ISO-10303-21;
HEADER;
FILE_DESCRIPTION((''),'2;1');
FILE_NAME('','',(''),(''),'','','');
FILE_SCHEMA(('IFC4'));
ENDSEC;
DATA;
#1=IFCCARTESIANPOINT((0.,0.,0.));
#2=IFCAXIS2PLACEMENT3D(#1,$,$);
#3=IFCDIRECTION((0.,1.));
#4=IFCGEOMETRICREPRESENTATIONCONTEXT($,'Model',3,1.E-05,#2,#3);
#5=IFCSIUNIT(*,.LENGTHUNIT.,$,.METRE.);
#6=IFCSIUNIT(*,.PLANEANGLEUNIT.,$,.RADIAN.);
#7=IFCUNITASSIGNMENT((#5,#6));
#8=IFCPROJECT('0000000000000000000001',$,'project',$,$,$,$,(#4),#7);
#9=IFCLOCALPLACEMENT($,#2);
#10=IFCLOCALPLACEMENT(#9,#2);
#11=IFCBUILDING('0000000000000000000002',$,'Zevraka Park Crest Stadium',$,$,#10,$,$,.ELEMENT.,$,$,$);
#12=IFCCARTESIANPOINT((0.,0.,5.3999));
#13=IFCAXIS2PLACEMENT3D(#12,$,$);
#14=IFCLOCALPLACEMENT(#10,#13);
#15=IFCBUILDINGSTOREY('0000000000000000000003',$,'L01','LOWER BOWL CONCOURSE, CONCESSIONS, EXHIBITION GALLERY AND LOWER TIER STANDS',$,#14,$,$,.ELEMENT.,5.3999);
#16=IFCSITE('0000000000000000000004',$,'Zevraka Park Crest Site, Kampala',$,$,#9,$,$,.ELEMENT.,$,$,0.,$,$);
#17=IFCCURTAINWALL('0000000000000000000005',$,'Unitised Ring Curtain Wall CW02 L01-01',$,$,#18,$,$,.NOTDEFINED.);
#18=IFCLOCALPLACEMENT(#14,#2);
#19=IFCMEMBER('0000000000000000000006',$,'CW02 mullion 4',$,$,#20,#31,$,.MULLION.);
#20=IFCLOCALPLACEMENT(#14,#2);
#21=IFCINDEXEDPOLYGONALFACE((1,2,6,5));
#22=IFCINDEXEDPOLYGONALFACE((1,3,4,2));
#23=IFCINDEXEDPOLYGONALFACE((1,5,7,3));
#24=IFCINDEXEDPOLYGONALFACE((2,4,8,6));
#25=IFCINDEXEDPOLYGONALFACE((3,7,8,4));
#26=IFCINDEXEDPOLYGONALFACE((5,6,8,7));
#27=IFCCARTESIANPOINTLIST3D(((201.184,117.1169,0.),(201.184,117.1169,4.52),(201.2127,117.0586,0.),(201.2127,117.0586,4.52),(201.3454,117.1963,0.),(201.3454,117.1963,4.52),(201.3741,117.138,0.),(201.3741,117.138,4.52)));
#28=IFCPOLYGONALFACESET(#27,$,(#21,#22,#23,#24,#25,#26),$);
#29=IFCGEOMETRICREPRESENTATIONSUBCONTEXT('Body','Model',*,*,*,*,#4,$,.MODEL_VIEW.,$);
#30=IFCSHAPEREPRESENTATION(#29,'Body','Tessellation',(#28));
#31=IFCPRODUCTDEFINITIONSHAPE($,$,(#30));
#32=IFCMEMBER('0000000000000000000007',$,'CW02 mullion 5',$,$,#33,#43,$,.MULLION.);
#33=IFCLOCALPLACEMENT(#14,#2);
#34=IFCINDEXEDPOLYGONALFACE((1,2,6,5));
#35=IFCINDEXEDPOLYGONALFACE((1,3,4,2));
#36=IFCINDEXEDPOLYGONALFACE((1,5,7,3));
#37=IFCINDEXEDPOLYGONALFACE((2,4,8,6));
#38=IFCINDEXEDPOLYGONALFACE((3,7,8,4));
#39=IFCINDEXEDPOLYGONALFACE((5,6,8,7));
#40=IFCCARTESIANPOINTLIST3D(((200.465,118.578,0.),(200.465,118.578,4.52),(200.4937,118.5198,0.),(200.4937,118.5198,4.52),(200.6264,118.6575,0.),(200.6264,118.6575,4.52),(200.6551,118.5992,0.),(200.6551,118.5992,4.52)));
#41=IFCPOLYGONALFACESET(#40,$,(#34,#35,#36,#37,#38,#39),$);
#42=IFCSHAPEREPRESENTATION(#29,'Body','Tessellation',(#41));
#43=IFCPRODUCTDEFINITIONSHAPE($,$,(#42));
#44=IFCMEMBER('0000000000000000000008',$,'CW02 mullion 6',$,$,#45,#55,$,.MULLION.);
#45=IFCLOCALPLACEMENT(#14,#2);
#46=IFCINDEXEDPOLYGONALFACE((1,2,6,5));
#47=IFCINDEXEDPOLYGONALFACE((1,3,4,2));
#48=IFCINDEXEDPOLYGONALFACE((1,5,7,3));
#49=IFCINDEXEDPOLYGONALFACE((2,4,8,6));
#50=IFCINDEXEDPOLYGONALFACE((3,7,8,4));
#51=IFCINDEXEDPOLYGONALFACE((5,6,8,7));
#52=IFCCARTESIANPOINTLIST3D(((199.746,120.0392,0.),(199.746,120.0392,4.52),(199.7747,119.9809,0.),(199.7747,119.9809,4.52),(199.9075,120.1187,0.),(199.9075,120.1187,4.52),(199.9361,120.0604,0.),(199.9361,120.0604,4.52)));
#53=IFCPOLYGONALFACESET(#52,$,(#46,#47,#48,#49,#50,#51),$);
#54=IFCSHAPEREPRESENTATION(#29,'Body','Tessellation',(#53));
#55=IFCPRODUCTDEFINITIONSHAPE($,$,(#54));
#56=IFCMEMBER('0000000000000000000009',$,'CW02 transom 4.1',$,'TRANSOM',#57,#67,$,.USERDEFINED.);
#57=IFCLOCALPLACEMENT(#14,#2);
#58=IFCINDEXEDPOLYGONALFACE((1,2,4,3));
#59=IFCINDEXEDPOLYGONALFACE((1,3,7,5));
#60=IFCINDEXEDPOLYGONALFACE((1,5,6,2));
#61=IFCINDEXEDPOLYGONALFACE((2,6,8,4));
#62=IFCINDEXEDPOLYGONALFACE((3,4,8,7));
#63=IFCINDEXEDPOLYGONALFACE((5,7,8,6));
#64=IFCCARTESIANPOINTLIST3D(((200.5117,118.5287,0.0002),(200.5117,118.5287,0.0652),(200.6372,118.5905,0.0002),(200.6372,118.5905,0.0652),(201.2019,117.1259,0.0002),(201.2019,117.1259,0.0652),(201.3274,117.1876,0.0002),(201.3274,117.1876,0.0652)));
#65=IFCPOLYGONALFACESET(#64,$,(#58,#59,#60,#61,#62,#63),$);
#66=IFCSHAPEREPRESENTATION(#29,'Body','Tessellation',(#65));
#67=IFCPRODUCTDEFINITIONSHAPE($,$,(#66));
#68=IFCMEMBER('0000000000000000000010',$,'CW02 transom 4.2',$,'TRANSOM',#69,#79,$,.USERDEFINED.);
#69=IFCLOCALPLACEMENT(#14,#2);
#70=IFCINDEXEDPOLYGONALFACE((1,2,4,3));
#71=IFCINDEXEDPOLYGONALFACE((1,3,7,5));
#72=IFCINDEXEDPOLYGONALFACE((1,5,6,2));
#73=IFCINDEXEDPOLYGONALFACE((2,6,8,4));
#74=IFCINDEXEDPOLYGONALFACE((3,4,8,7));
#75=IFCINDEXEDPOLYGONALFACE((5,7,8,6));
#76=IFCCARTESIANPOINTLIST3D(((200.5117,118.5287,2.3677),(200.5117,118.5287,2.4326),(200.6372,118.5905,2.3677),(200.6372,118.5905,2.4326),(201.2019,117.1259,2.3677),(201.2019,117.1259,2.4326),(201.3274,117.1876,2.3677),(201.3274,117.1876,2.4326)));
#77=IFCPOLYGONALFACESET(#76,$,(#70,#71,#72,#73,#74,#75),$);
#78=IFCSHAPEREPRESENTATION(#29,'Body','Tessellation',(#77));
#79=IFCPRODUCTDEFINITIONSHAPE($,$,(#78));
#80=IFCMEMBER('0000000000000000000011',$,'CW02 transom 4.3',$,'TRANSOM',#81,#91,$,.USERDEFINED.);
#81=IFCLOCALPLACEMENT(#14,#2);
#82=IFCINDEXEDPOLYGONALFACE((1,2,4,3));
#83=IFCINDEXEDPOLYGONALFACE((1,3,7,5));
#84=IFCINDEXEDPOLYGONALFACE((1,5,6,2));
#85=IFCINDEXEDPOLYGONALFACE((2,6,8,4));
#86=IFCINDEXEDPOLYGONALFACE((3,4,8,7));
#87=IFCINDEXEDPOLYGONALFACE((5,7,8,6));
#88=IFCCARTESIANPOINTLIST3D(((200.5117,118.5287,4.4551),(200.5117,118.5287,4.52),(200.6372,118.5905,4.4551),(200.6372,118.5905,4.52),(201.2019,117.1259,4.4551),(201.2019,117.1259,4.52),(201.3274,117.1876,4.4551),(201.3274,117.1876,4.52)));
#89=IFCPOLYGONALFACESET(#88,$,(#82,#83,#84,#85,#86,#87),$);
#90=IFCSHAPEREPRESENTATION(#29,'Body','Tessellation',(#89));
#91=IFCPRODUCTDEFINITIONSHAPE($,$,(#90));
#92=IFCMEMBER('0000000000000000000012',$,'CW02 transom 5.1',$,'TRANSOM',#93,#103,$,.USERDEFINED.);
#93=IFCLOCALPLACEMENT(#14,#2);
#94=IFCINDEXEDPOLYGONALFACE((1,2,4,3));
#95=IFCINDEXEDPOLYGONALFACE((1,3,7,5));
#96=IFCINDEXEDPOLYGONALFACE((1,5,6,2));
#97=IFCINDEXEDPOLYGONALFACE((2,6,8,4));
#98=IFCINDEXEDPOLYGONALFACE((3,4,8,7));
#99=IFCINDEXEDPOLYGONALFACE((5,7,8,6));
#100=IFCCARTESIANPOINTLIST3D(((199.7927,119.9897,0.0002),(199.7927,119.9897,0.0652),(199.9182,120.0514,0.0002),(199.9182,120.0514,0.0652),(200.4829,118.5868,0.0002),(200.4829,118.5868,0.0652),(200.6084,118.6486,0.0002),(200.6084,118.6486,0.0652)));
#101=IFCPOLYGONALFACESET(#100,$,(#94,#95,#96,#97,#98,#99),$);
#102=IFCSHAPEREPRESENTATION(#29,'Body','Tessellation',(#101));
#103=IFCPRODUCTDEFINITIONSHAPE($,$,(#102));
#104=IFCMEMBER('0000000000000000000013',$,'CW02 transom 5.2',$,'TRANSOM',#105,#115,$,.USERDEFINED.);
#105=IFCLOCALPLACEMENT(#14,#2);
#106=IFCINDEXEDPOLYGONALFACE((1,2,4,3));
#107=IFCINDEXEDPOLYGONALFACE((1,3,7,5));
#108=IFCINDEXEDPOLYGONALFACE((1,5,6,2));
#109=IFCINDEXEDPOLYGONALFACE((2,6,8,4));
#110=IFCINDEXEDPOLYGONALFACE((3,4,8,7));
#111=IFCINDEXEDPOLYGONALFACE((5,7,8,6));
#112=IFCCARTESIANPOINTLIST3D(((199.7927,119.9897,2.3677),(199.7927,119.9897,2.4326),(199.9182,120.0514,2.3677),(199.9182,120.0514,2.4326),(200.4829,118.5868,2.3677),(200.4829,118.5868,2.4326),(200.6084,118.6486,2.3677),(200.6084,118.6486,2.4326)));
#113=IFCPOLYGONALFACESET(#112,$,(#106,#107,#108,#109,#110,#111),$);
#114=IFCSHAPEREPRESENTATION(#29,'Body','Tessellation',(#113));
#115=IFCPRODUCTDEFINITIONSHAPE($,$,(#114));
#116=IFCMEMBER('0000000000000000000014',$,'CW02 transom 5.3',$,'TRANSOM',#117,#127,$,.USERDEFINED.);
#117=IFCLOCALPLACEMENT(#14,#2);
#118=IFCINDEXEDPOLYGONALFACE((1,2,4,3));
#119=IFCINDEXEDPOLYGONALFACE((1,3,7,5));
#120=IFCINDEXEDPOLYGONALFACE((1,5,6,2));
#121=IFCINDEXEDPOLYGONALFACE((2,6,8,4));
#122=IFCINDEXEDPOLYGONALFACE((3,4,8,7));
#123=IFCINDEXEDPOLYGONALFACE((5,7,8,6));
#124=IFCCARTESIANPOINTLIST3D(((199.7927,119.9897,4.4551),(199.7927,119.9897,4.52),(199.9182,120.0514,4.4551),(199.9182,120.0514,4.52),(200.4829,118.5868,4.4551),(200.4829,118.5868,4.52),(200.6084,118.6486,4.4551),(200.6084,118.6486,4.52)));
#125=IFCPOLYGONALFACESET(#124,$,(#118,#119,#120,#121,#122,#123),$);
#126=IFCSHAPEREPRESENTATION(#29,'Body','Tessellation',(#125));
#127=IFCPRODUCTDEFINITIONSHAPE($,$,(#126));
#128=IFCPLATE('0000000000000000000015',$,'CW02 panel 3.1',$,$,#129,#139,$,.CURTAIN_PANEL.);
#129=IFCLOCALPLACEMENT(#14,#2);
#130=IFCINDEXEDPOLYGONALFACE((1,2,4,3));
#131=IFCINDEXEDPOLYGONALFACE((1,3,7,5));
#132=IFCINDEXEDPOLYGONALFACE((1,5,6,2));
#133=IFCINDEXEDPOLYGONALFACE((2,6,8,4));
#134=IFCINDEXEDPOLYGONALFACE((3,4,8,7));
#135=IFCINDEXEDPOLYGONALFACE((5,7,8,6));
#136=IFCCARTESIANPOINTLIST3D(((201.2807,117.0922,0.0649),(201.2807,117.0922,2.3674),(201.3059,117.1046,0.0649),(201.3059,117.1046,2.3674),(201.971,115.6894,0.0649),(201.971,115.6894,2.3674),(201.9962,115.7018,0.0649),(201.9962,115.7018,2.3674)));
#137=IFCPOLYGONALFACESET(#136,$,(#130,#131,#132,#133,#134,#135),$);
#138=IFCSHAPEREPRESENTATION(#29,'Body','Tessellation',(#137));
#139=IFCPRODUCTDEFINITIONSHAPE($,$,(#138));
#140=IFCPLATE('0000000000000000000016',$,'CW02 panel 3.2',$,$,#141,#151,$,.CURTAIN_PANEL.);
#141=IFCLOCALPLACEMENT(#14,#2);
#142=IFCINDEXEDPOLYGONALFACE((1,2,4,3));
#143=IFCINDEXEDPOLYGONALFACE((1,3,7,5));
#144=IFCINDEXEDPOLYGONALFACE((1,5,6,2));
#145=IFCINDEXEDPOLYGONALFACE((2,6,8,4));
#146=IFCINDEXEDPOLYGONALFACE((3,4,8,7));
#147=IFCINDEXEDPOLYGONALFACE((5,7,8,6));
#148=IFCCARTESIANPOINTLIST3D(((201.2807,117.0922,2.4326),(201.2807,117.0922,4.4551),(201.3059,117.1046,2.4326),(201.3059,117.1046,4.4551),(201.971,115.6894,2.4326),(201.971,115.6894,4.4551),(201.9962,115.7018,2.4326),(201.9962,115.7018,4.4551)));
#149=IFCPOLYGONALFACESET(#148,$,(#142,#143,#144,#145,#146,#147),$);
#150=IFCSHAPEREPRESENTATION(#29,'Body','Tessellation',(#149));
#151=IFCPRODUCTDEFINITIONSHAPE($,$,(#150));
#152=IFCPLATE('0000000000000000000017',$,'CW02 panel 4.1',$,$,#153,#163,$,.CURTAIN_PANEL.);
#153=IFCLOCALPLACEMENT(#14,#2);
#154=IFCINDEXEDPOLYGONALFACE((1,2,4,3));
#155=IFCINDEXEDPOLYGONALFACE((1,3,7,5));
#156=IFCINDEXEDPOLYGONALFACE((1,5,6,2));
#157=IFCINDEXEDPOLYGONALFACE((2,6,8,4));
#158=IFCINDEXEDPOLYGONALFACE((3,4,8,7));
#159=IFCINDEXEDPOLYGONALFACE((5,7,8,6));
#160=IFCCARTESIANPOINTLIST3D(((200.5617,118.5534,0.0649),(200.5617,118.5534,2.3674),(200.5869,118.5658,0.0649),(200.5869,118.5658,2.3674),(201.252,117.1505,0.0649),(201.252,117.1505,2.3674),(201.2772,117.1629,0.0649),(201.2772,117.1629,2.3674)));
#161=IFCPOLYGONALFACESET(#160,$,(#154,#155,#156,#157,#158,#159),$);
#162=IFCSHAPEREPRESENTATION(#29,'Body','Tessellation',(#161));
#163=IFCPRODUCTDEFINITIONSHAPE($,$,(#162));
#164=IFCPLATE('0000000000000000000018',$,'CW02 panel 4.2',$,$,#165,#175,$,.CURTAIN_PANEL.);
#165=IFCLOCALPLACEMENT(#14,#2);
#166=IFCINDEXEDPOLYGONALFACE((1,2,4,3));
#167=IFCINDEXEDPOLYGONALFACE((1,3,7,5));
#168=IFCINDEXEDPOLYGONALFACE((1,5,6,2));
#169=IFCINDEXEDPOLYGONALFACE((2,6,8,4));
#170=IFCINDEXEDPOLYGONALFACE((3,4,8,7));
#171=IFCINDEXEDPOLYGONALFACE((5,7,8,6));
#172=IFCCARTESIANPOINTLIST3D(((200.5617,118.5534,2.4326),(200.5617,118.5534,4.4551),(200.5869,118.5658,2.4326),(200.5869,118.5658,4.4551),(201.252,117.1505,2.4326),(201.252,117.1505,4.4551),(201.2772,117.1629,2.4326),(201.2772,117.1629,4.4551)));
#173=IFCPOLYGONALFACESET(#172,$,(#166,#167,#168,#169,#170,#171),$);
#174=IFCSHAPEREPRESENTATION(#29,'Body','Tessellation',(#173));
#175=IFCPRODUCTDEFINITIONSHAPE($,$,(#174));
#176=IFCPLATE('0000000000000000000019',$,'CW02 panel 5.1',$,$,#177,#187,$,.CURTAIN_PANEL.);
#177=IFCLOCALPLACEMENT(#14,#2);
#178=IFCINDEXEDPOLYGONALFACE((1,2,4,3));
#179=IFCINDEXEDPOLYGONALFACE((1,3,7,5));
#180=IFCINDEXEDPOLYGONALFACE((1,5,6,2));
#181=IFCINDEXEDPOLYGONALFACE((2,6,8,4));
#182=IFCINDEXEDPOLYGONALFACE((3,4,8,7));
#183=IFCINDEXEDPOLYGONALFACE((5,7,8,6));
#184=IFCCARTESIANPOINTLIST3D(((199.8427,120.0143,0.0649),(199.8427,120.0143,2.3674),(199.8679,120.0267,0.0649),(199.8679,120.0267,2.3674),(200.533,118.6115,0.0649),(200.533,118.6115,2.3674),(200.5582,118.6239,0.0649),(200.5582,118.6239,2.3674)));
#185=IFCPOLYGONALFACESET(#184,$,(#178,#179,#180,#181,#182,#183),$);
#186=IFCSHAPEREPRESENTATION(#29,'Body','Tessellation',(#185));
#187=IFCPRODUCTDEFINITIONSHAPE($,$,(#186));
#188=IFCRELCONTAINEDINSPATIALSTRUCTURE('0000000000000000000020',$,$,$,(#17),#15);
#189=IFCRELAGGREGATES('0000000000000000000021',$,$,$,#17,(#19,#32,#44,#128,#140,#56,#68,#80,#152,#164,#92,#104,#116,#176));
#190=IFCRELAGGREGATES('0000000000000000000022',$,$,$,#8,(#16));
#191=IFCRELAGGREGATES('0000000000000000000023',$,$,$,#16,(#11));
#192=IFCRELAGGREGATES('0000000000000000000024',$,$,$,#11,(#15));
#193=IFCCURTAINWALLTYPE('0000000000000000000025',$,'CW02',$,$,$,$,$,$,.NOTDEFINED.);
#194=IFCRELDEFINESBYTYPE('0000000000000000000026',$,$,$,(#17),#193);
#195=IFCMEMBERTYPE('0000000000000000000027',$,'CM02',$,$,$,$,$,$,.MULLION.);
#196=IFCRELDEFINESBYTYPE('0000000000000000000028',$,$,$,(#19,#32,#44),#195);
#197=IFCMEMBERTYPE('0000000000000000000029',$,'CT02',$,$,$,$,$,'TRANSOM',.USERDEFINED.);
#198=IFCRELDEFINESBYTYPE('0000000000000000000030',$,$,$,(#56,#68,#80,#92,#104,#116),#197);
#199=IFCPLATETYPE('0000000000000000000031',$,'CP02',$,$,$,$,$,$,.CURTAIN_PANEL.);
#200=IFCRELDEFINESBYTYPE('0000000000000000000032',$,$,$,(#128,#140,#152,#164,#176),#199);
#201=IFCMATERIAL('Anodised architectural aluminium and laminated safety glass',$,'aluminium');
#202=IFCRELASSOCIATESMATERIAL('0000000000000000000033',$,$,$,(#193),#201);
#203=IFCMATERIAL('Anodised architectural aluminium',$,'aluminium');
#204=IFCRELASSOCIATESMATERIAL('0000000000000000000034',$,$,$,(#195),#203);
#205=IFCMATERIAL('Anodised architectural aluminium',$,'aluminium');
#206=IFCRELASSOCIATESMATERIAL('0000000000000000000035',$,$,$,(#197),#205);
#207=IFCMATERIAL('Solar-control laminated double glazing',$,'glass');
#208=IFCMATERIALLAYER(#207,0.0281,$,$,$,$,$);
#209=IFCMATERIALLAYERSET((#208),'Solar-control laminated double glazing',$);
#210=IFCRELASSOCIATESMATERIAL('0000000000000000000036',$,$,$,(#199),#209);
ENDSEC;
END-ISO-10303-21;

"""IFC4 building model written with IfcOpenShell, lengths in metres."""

from ifc_helpers import new_model, si_unit, direction, frame, origin, origin_2d, place, context, subcontext, project, spatial, rectangle, extrude, material, layer, layer_set, material_profile, profile_set, type_object, element, aggregate, save


model = new_model("IFC4")

# Units and contexts
model_context = context("Model", 3, precision=1e-05, world=origin(), true_north=direction((0.0, 1.0)))
body_context = subcontext(model_context, "Body", "Model", "MODEL_VIEW")
ifc_project = project(units=[si_unit("LENGTHUNIT", "METRE"), si_unit("PLANEANGLEUNIT", "RADIAN")], contexts=[model_context])

# Site, building, storey
site_placement = place(None, origin())
site = spatial("IfcSite", under=ifc_project, at=site_placement, Name="Zevraka Park Crest Site, Kampala", CompositionType="ELEMENT", RefElevation=0.0)
building_placement = place(site_placement, origin())
building = spatial("IfcBuilding", under=site, at=building_placement, Name="Zevraka Park Crest Stadium", CompositionType="ELEMENT")
storey_placement = place(building_placement, frame((0.0, 0.0, 5.3999)))
storey = spatial("IfcBuildingStorey", under=building, at=storey_placement, Name="L01", Description="LOWER BOWL CONCOURSE, CONCESSIONS, EXHIBITION GALLERY AND LOWER TIER STANDS", CompositionType="ELEMENT", Elevation=5.3999)

# Curtain wall, members, plates
ifc_material_1 = material(Name="Anodised architectural aluminium and laminated safety glass", Category="aluminium")
curtain_wall_type = type_object("IfcCurtainWallType", Name="CW02", PredefinedType="NOTDEFINED", material=ifc_material_1)
curtain_wall_placement = place(storey_placement, origin())
curtain_wall = element("IfcCurtainWall", 1, at=curtain_wall_placement, inside=storey, type_object=curtain_wall_type, Name="Unitised Ring Curtain Wall CW02 L01-01", PredefinedType="NOTDEFINED")
ifc_material_2 = material(Name="Anodised architectural aluminium", Category="aluminium")
ifc_material_profile_1 = material_profile(ifc_material_2, rectangle(XDim=0.1799, YDim=0.0649, at=origin_2d()), Name="ALU MULLION 180x65")
ifc_profile_set_1 = profile_set([ifc_material_profile_1], Name="Anodised architectural aluminium")
member_type_1 = type_object("IfcMemberType", Name="CM02", PredefinedType="MULLION", material=ifc_profile_set_1)
member_1_placement = place(storey_placement, frame((201.2791, 117.1274, 0.0), z_axis=(0.0, 0.0, 1.0), x_axis=(-0.897253, -0.441517, 0.0)))
member_1 = element("IfcMember", 2, at=member_1_placement, type_object=member_type_1, Name="CW02 mullion 4", PredefinedType="MULLION", context=body_context, shape_type="SweptSolid", body=[
    extrude(rectangle(XDim=0.1799, YDim=0.0649, at=origin_2d()), origin(), (0.0, 0.0, 1.0), 4.52),
])
member_2_placement = place(storey_placement, frame((200.5601, 118.5886, 0.0), z_axis=(0.0, 0.0, 1.0), x_axis=(-0.897253, -0.441517, 0.0)))
member_2 = element("IfcMember", 3, at=member_2_placement, type_object=member_type_1, Name="CW02 mullion 5", PredefinedType="MULLION", context=body_context, shape_type="SweptSolid", body=[
    extrude(rectangle(XDim=0.1799, YDim=0.0649, at=origin_2d()), origin(), (0.0, 0.0, 1.0), 4.52),
])
member_3_placement = place(storey_placement, frame((199.8411, 120.0498, 0.0), z_axis=(0.0, 0.0, 1.0), x_axis=(-0.897253, -0.441517, 0.0)))
member_3 = element("IfcMember", 4, at=member_3_placement, type_object=member_type_1, Name="CW02 mullion 6", PredefinedType="MULLION", context=body_context, shape_type="SweptSolid", body=[
    extrude(rectangle(XDim=0.1799, YDim=0.0649, at=origin_2d()), origin(), (0.0, 0.0, 1.0), 4.52),
])
ifc_material_3 = material(Name="Anodised architectural aluminium", Category="aluminium")
ifc_material_profile_2 = material_profile(ifc_material_3, rectangle(XDim=0.1399, YDim=0.0649, at=origin_2d()), Name="ALU TRANSOM 140x65")
ifc_profile_set_2 = profile_set([ifc_material_profile_2], Name="Anodised architectural aluminium")
member_type_2 = type_object("IfcMemberType", Name="CT02", ElementType="TRANSOM", PredefinedType="USERDEFINED", material=ifc_profile_set_2)
member_4_placement = place(storey_placement, frame((201.2646, 117.1567, 0.0327), z_axis=(-0.441458, 0.897282, 0.0), x_axis=(-0.897282, -0.441458, 0.0)))
member_4 = element("IfcMember", 5, at=member_4_placement, type_object=member_type_2, Name="CW02 transom 4.1", ObjectType="TRANSOM", PredefinedType="USERDEFINED", context=body_context, shape_type="SweptSolid", body=[
    extrude(rectangle(XDim=0.1399, YDim=0.0649, at=origin_2d()), origin(), (0.0, 0.0, 1.0), 1.5635),
])
member_5_placement = place(storey_placement, frame((201.2646, 117.1567, 2.4001), z_axis=(-0.441458, 0.897282, 0.0), x_axis=(-0.897282, -0.441458, 0.0)))
member_5 = element("IfcMember", 6, at=member_5_placement, type_object=member_type_2, Name="CW02 transom 4.2", ObjectType="TRANSOM", PredefinedType="USERDEFINED", context=body_context, shape_type="SweptSolid", body=[
    extrude(rectangle(XDim=0.1399, YDim=0.0649, at=origin_2d()), origin(), (0.0, 0.0, 1.0), 1.5635),
])
member_6_placement = place(storey_placement, frame((201.2646, 117.1567, 4.4875), z_axis=(-0.441458, 0.897282, 0.0), x_axis=(-0.897282, -0.441458, 0.0)))
member_6 = element("IfcMember", 7, at=member_6_placement, type_object=member_type_2, Name="CW02 transom 4.3", ObjectType="TRANSOM", PredefinedType="USERDEFINED", context=body_context, shape_type="SweptSolid", body=[
    extrude(rectangle(XDim=0.1399, YDim=0.0649, at=origin_2d()), origin(), (0.0, 0.0, 1.0), 1.5635),
])
member_7_placement = place(storey_placement, frame((200.5457, 118.6177, 0.0327), z_axis=(-0.441458, 0.897282, 0.0), x_axis=(-0.897282, -0.441458, 0.0)))
member_7 = element("IfcMember", 8, at=member_7_placement, type_object=member_type_2, Name="CW02 transom 5.1", ObjectType="TRANSOM", PredefinedType="USERDEFINED", context=body_context, shape_type="SweptSolid", body=[
    extrude(rectangle(XDim=0.1399, YDim=0.0649, at=origin_2d()), origin(), (0.0, 0.0, 1.0), 1.5635),
])
member_8_placement = place(storey_placement, frame((200.5457, 118.6177, 2.4001), z_axis=(-0.441458, 0.897282, 0.0), x_axis=(-0.897282, -0.441458, 0.0)))
member_8 = element("IfcMember", 9, at=member_8_placement, type_object=member_type_2, Name="CW02 transom 5.2", ObjectType="TRANSOM", PredefinedType="USERDEFINED", context=body_context, shape_type="SweptSolid", body=[
    extrude(rectangle(XDim=0.1399, YDim=0.0649, at=origin_2d()), origin(), (0.0, 0.0, 1.0), 1.5635),
])
member_9_placement = place(storey_placement, frame((200.5457, 118.6177, 4.4875), z_axis=(-0.441458, 0.897282, 0.0), x_axis=(-0.897282, -0.441458, 0.0)))
member_9 = element("IfcMember", 10, at=member_9_placement, type_object=member_type_2, Name="CW02 transom 5.3", ObjectType="TRANSOM", PredefinedType="USERDEFINED", context=body_context, shape_type="SweptSolid", body=[
    extrude(rectangle(XDim=0.1399, YDim=0.0649, at=origin_2d()), origin(), (0.0, 0.0, 1.0), 1.5635),
])
ifc_material_4 = material(Name="Solar-control laminated double glazing", Category="glass")
ifc_layer_1 = layer(ifc_material_4, 0.0281)
ifc_layer_set_1 = layer_set([ifc_layer_1], Name="Solar-control laminated double glazing")
plate_type = type_object("IfcPlateType", Name="CP02", PredefinedType="CURTAIN_PANEL", material=ifc_layer_set_1)
plate_1_placement = place(storey_placement, frame((201.6384, 116.397, 0.0649), z_axis=(0.0, 0.0, 1.0), x_axis=(-0.441517, 0.897253, 0.0)))
plate_1 = element("IfcPlate", 11, at=plate_1_placement, type_object=plate_type, Name="CW02 panel 3.1", PredefinedType="CURTAIN_PANEL", context=body_context, shape_type="SweptSolid", body=[
    extrude(rectangle(XDim=1.5635, YDim=0.0281, at=origin_2d()), origin(), (0.0, 0.0, 1.0), 2.3025),
])
plate_2_placement = place(storey_placement, frame((201.6384, 116.397, 2.4326), z_axis=(0.0, 0.0, 1.0), x_axis=(-0.441517, 0.897253, 0.0)))
plate_2 = element("IfcPlate", 12, at=plate_2_placement, type_object=plate_type, Name="CW02 panel 3.2", PredefinedType="CURTAIN_PANEL", context=body_context, shape_type="SweptSolid", body=[
    extrude(rectangle(XDim=1.5635, YDim=0.0281, at=origin_2d()), origin(), (0.0, 0.0, 1.0), 2.0225),
])
plate_3_placement = place(storey_placement, frame((200.9194, 117.8582, 0.0649), z_axis=(0.0, 0.0, 1.0), x_axis=(-0.441517, 0.897253, 0.0)))
plate_3 = element("IfcPlate", 13, at=plate_3_placement, type_object=plate_type, Name="CW02 panel 4.1", PredefinedType="CURTAIN_PANEL", context=body_context, shape_type="SweptSolid", body=[
    extrude(rectangle(XDim=1.5635, YDim=0.0281, at=origin_2d()), origin(), (0.0, 0.0, 1.0), 2.3025),
])
plate_4_placement = place(storey_placement, frame((200.9194, 117.8582, 2.4326), z_axis=(0.0, 0.0, 1.0), x_axis=(-0.441517, 0.897253, 0.0)))
plate_4 = element("IfcPlate", 14, at=plate_4_placement, type_object=plate_type, Name="CW02 panel 4.2", PredefinedType="CURTAIN_PANEL", context=body_context, shape_type="SweptSolid", body=[
    extrude(rectangle(XDim=1.5635, YDim=0.0281, at=origin_2d()), origin(), (0.0, 0.0, 1.0), 2.0225),
])
plate_5_placement = place(storey_placement, frame((200.2004, 119.3191, 0.0649), z_axis=(0.0, 0.0, 1.0), x_axis=(-0.441517, 0.897253, 0.0)))
plate_5 = element("IfcPlate", 15, at=plate_5_placement, type_object=plate_type, Name="CW02 panel 5.1", PredefinedType="CURTAIN_PANEL", context=body_context, shape_type="SweptSolid", body=[
    extrude(rectangle(XDim=1.5635, YDim=0.0281, at=origin_2d()), origin(), (0.0, 0.0, 1.0), 2.3025),
])
aggregate(curtain_wall, [member_1, member_2, member_3, plate_1, plate_2, member_4, member_5, member_6, plate_3, plate_4, member_7, member_8, member_9, plate_5])

save(model, "model.ifc")
